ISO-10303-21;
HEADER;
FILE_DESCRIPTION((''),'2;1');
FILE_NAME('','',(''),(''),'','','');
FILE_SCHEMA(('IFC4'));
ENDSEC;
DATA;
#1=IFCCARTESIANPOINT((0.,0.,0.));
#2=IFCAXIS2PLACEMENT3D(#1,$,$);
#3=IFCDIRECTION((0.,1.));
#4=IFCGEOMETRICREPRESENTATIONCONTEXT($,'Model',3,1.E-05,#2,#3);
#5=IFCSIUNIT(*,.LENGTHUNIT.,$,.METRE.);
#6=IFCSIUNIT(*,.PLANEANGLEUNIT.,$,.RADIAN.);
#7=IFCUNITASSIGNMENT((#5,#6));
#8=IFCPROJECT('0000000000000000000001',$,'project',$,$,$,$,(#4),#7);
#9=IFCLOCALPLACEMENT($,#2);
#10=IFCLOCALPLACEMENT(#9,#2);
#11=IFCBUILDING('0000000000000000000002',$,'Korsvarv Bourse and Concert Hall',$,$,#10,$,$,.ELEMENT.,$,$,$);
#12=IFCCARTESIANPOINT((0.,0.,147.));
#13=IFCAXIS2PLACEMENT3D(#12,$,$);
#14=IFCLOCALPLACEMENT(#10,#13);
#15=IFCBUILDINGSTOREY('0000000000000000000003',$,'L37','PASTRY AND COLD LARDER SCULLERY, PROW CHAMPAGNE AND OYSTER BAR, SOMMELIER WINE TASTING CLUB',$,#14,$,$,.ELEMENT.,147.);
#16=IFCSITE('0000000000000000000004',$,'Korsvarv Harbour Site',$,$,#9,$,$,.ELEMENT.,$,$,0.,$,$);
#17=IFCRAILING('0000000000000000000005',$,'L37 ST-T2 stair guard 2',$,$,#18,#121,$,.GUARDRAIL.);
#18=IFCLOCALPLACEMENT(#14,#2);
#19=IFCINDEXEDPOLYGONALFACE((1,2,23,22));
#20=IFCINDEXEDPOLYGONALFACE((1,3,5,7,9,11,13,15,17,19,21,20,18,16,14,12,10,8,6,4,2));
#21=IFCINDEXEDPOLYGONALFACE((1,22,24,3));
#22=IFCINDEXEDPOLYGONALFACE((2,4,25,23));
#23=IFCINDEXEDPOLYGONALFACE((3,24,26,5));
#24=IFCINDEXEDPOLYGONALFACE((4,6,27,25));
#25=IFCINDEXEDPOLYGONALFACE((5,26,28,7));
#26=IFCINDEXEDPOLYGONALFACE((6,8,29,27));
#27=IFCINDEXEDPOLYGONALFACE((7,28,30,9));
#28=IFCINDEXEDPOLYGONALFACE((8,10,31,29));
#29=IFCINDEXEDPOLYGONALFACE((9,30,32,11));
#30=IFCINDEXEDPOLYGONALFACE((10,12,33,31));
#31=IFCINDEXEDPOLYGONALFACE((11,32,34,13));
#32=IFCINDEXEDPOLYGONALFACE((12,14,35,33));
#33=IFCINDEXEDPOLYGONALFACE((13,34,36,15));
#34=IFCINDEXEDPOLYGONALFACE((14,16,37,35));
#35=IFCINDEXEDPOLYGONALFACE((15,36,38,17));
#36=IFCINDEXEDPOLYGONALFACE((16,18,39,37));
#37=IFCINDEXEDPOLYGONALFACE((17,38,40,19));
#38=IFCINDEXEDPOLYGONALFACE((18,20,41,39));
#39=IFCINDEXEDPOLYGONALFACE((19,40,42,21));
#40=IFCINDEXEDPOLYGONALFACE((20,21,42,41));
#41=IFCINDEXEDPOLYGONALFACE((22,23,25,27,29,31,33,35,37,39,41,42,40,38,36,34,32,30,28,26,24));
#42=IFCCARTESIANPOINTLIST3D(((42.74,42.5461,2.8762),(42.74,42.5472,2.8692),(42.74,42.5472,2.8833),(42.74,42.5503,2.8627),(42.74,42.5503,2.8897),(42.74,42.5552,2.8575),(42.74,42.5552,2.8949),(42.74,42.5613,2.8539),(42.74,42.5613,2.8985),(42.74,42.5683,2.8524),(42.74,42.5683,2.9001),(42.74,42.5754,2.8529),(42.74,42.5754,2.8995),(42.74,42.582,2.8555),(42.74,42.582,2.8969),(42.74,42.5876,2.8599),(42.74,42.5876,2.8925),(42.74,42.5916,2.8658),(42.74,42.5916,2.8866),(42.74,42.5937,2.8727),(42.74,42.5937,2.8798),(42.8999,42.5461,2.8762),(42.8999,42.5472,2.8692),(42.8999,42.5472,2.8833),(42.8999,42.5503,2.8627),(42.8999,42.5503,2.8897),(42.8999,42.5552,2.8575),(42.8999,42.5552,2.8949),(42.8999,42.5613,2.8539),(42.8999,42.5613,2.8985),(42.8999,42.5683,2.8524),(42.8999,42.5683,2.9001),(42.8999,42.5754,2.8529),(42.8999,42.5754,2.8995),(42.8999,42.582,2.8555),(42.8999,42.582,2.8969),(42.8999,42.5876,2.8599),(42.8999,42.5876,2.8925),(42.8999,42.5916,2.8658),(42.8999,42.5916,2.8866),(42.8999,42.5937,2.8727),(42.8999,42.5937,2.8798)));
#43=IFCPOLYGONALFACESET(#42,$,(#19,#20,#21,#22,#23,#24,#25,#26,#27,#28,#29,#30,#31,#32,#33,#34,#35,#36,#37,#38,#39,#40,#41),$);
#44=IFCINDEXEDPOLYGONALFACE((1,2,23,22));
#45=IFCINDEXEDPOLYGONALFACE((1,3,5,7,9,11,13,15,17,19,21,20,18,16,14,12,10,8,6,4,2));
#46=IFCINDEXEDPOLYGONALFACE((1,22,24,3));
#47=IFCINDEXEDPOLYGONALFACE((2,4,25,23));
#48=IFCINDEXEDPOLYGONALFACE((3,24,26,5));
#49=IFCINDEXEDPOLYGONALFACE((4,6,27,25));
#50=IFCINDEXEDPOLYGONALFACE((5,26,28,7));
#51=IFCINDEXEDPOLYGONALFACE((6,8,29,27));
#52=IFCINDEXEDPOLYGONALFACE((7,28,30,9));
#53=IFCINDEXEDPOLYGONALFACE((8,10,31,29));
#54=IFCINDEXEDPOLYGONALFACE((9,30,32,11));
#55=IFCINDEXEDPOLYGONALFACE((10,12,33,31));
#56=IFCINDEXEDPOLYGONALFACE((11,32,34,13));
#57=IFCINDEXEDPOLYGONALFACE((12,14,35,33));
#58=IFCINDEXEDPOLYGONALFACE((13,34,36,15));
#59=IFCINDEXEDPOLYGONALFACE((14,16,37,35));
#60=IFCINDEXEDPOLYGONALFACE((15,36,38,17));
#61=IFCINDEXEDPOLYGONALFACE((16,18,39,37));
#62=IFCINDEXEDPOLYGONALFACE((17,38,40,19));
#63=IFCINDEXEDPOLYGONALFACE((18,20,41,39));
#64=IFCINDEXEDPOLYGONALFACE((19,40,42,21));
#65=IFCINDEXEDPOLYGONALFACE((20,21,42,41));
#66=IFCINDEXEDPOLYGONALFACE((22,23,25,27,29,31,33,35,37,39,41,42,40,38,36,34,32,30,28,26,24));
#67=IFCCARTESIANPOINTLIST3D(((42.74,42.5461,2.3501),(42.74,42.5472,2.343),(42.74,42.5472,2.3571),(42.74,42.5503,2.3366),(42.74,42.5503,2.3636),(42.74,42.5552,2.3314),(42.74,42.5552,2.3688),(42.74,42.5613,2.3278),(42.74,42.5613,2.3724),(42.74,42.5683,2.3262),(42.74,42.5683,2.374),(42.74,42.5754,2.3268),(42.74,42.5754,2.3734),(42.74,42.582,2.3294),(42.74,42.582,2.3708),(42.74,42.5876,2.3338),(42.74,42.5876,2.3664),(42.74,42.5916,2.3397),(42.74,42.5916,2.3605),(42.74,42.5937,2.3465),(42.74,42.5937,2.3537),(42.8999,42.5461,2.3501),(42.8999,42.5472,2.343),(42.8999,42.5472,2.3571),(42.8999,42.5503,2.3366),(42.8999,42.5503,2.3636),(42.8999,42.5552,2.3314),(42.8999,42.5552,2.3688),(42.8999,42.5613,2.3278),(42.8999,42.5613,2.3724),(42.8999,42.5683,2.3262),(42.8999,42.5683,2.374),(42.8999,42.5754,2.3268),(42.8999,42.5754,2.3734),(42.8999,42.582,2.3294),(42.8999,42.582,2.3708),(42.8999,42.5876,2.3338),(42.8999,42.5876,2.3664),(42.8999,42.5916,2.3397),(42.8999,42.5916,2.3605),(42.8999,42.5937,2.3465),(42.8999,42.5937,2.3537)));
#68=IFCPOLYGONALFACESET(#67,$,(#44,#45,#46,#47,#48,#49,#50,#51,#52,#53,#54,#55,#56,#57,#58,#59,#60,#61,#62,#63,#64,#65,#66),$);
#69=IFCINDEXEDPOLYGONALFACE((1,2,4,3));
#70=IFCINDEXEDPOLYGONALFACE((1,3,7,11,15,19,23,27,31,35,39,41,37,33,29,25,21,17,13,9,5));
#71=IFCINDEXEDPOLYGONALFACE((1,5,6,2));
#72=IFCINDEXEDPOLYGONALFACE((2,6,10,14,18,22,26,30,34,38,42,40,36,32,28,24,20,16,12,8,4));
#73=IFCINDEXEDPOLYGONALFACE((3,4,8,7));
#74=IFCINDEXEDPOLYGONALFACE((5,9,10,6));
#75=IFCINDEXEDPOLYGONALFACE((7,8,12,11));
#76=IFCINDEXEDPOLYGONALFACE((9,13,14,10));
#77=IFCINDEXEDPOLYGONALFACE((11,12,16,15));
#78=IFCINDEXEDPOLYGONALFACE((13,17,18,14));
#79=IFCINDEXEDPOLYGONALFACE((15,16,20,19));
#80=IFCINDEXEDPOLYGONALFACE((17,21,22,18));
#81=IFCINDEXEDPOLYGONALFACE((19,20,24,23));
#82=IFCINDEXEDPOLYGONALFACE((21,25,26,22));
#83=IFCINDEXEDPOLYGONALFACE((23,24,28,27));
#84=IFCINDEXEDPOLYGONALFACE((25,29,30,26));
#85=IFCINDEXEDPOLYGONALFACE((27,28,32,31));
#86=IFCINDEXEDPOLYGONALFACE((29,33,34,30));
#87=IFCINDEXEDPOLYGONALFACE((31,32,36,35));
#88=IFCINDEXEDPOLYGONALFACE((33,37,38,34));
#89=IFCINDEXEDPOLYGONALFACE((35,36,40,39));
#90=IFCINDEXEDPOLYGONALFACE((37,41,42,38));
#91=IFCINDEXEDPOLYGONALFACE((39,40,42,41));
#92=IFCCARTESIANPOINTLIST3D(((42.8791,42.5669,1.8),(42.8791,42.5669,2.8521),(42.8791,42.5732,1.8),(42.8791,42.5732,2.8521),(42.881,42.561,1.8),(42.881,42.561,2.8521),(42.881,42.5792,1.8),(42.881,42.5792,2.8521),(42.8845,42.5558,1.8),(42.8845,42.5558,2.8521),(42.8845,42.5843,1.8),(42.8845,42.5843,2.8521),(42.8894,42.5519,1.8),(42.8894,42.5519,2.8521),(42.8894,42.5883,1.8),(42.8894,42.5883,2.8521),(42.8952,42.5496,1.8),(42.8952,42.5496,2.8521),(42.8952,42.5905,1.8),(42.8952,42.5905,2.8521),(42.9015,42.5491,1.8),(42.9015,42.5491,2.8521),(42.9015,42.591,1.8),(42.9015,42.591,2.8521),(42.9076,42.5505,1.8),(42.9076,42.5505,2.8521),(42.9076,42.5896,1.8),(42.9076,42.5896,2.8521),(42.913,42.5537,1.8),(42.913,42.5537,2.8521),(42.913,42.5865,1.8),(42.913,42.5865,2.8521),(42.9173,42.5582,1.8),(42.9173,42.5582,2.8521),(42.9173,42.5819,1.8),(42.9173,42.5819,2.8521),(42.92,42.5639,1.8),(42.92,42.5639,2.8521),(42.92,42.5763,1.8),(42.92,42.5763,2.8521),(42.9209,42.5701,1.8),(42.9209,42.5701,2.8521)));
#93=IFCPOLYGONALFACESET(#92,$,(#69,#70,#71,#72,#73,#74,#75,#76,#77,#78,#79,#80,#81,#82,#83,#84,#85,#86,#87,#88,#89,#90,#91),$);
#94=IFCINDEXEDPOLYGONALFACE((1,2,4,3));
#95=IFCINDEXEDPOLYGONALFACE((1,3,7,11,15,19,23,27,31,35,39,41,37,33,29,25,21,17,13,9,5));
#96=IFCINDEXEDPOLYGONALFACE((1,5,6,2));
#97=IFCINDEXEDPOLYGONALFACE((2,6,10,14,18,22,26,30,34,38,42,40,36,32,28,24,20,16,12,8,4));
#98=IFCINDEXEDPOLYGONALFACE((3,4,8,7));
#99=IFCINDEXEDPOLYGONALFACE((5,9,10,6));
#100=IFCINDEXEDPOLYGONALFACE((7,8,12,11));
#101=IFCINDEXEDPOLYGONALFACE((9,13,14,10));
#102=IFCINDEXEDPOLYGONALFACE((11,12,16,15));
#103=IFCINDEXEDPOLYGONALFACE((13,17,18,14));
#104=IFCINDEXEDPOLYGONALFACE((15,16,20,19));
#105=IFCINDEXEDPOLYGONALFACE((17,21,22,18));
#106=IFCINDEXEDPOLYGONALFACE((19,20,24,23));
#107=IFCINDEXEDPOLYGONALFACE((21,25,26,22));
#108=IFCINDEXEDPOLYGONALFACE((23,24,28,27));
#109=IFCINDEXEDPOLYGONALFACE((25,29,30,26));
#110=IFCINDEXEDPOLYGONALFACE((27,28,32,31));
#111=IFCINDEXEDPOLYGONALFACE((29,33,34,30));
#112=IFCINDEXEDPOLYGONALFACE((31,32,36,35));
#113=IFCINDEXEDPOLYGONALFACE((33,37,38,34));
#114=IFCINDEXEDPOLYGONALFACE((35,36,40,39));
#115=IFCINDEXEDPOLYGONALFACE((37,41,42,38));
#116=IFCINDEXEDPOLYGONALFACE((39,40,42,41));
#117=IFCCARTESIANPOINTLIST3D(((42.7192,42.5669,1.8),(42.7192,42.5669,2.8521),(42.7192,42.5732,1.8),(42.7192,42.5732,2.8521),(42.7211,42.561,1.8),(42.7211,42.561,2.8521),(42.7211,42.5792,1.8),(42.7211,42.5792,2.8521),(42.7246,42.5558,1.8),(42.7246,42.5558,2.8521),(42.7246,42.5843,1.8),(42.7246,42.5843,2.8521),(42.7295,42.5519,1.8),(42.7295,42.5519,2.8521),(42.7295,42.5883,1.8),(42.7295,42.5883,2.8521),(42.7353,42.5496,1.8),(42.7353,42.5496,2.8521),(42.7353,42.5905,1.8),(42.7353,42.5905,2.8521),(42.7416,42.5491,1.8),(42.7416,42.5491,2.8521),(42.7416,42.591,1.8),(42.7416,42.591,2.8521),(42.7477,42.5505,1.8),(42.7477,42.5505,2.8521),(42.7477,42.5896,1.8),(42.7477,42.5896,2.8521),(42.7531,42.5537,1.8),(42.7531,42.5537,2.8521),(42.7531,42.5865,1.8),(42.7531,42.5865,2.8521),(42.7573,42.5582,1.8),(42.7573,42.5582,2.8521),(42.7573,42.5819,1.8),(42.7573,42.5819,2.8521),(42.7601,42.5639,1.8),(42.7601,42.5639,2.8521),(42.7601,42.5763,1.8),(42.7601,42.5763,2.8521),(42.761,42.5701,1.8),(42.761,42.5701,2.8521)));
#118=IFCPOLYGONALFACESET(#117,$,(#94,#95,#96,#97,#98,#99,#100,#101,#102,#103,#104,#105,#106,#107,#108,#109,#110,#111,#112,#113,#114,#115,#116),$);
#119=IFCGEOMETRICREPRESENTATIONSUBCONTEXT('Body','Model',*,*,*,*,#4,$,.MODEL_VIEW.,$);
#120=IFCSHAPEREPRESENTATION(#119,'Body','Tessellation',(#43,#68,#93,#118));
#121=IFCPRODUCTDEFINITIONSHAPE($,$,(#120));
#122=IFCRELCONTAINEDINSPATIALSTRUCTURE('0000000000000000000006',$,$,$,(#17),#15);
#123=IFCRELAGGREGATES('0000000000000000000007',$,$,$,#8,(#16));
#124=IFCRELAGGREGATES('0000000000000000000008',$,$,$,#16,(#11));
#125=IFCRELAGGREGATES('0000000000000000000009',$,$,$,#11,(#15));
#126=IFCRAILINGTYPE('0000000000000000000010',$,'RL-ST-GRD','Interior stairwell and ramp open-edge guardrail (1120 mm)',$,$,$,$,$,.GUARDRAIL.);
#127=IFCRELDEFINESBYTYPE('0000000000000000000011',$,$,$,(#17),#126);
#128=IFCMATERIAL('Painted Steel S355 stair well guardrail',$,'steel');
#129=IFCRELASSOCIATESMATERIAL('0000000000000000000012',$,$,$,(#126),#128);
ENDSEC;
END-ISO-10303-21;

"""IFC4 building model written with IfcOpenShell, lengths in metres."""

from ifc_helpers import new_model, si_unit, direction, frame, origin, origin_2d, place, context, subcontext, project, spatial, circle, extrude, material, type_object, element, save


model = new_model("IFC4")

# Units and contexts
model_context = context("Model", 3, precision=1e-05, world=origin(), true_north=direction((0.0, 1.0)))
body_context = subcontext(model_context, "Body", "Model", "MODEL_VIEW")
ifc_project = project(units=[si_unit("LENGTHUNIT", "METRE"), si_unit("PLANEANGLEUNIT", "RADIAN")], contexts=[model_context])

# Site, building, storey
site_placement = place(None, origin())
site = spatial("IfcSite", under=ifc_project, at=site_placement, Name="Korsvarv Harbour Site", CompositionType="ELEMENT", RefElevation=0.0)
building_placement = place(site_placement, origin())
building = spatial("IfcBuilding", under=site, at=building_placement, Name="Korsvarv Bourse and Concert Hall", CompositionType="ELEMENT")
storey_placement = place(building_placement, frame((0.0, 0.0, 147.0)))
storey = spatial("IfcBuildingStorey", under=building, at=storey_placement, Name="L37", Description="PASTRY AND COLD LARDER SCULLERY, PROW CHAMPAGNE AND OYSTER BAR, SOMMELIER WINE TASTING CLUB", CompositionType="ELEMENT", Elevation=147.0)

# Railing
ifc_material_1 = material(Name="Painted Steel S355 stair well guardrail", Category="steel")
railing_type = type_object("IfcRailingType", Name="RL-ST-GRD", Description="Interior stairwell and ramp open-edge guardrail (1120 mm)", PredefinedType="GUARDRAIL", material=ifc_material_1)
railing_1_placement = place(storey_placement, frame((42.8999, 42.5701, 1.8)))
element("IfcRailing", 1, at=railing_1_placement, inside=storey, type_object=railing_type, Name="L37 ST-T2 stair guard 2", PredefinedType="GUARDRAIL", context=body_context, shape_type="SweptSolid", body=[
    extrude(circle(Radius=0.0239, at=origin_2d()), frame((0.0, 0.0, 1.0762), z_axis=(-1.0, 0.0, 0.0), x_axis=(0.0, -1.0, 0.0)), (0.0, 0.0, 1.0), 0.1599),
    extrude(circle(Radius=0.0239, at=origin_2d()), frame((0.0, 0.0, 0.55), z_axis=(-1.0, 0.0, 0.0), x_axis=(0.0, -1.0, 0.0)), (0.0, 0.0, 1.0), 0.1599),
    extrude(circle(Radius=0.021, at=origin_2d()), origin(), (0.0, 0.0, 1.0), 1.052),
    extrude(circle(Radius=0.021, at=origin_2d()), frame((-0.1599, 0.0, 0.0)), (0.0, 0.0, 1.0), 1.052),
])

save(model, "model.ifc")
